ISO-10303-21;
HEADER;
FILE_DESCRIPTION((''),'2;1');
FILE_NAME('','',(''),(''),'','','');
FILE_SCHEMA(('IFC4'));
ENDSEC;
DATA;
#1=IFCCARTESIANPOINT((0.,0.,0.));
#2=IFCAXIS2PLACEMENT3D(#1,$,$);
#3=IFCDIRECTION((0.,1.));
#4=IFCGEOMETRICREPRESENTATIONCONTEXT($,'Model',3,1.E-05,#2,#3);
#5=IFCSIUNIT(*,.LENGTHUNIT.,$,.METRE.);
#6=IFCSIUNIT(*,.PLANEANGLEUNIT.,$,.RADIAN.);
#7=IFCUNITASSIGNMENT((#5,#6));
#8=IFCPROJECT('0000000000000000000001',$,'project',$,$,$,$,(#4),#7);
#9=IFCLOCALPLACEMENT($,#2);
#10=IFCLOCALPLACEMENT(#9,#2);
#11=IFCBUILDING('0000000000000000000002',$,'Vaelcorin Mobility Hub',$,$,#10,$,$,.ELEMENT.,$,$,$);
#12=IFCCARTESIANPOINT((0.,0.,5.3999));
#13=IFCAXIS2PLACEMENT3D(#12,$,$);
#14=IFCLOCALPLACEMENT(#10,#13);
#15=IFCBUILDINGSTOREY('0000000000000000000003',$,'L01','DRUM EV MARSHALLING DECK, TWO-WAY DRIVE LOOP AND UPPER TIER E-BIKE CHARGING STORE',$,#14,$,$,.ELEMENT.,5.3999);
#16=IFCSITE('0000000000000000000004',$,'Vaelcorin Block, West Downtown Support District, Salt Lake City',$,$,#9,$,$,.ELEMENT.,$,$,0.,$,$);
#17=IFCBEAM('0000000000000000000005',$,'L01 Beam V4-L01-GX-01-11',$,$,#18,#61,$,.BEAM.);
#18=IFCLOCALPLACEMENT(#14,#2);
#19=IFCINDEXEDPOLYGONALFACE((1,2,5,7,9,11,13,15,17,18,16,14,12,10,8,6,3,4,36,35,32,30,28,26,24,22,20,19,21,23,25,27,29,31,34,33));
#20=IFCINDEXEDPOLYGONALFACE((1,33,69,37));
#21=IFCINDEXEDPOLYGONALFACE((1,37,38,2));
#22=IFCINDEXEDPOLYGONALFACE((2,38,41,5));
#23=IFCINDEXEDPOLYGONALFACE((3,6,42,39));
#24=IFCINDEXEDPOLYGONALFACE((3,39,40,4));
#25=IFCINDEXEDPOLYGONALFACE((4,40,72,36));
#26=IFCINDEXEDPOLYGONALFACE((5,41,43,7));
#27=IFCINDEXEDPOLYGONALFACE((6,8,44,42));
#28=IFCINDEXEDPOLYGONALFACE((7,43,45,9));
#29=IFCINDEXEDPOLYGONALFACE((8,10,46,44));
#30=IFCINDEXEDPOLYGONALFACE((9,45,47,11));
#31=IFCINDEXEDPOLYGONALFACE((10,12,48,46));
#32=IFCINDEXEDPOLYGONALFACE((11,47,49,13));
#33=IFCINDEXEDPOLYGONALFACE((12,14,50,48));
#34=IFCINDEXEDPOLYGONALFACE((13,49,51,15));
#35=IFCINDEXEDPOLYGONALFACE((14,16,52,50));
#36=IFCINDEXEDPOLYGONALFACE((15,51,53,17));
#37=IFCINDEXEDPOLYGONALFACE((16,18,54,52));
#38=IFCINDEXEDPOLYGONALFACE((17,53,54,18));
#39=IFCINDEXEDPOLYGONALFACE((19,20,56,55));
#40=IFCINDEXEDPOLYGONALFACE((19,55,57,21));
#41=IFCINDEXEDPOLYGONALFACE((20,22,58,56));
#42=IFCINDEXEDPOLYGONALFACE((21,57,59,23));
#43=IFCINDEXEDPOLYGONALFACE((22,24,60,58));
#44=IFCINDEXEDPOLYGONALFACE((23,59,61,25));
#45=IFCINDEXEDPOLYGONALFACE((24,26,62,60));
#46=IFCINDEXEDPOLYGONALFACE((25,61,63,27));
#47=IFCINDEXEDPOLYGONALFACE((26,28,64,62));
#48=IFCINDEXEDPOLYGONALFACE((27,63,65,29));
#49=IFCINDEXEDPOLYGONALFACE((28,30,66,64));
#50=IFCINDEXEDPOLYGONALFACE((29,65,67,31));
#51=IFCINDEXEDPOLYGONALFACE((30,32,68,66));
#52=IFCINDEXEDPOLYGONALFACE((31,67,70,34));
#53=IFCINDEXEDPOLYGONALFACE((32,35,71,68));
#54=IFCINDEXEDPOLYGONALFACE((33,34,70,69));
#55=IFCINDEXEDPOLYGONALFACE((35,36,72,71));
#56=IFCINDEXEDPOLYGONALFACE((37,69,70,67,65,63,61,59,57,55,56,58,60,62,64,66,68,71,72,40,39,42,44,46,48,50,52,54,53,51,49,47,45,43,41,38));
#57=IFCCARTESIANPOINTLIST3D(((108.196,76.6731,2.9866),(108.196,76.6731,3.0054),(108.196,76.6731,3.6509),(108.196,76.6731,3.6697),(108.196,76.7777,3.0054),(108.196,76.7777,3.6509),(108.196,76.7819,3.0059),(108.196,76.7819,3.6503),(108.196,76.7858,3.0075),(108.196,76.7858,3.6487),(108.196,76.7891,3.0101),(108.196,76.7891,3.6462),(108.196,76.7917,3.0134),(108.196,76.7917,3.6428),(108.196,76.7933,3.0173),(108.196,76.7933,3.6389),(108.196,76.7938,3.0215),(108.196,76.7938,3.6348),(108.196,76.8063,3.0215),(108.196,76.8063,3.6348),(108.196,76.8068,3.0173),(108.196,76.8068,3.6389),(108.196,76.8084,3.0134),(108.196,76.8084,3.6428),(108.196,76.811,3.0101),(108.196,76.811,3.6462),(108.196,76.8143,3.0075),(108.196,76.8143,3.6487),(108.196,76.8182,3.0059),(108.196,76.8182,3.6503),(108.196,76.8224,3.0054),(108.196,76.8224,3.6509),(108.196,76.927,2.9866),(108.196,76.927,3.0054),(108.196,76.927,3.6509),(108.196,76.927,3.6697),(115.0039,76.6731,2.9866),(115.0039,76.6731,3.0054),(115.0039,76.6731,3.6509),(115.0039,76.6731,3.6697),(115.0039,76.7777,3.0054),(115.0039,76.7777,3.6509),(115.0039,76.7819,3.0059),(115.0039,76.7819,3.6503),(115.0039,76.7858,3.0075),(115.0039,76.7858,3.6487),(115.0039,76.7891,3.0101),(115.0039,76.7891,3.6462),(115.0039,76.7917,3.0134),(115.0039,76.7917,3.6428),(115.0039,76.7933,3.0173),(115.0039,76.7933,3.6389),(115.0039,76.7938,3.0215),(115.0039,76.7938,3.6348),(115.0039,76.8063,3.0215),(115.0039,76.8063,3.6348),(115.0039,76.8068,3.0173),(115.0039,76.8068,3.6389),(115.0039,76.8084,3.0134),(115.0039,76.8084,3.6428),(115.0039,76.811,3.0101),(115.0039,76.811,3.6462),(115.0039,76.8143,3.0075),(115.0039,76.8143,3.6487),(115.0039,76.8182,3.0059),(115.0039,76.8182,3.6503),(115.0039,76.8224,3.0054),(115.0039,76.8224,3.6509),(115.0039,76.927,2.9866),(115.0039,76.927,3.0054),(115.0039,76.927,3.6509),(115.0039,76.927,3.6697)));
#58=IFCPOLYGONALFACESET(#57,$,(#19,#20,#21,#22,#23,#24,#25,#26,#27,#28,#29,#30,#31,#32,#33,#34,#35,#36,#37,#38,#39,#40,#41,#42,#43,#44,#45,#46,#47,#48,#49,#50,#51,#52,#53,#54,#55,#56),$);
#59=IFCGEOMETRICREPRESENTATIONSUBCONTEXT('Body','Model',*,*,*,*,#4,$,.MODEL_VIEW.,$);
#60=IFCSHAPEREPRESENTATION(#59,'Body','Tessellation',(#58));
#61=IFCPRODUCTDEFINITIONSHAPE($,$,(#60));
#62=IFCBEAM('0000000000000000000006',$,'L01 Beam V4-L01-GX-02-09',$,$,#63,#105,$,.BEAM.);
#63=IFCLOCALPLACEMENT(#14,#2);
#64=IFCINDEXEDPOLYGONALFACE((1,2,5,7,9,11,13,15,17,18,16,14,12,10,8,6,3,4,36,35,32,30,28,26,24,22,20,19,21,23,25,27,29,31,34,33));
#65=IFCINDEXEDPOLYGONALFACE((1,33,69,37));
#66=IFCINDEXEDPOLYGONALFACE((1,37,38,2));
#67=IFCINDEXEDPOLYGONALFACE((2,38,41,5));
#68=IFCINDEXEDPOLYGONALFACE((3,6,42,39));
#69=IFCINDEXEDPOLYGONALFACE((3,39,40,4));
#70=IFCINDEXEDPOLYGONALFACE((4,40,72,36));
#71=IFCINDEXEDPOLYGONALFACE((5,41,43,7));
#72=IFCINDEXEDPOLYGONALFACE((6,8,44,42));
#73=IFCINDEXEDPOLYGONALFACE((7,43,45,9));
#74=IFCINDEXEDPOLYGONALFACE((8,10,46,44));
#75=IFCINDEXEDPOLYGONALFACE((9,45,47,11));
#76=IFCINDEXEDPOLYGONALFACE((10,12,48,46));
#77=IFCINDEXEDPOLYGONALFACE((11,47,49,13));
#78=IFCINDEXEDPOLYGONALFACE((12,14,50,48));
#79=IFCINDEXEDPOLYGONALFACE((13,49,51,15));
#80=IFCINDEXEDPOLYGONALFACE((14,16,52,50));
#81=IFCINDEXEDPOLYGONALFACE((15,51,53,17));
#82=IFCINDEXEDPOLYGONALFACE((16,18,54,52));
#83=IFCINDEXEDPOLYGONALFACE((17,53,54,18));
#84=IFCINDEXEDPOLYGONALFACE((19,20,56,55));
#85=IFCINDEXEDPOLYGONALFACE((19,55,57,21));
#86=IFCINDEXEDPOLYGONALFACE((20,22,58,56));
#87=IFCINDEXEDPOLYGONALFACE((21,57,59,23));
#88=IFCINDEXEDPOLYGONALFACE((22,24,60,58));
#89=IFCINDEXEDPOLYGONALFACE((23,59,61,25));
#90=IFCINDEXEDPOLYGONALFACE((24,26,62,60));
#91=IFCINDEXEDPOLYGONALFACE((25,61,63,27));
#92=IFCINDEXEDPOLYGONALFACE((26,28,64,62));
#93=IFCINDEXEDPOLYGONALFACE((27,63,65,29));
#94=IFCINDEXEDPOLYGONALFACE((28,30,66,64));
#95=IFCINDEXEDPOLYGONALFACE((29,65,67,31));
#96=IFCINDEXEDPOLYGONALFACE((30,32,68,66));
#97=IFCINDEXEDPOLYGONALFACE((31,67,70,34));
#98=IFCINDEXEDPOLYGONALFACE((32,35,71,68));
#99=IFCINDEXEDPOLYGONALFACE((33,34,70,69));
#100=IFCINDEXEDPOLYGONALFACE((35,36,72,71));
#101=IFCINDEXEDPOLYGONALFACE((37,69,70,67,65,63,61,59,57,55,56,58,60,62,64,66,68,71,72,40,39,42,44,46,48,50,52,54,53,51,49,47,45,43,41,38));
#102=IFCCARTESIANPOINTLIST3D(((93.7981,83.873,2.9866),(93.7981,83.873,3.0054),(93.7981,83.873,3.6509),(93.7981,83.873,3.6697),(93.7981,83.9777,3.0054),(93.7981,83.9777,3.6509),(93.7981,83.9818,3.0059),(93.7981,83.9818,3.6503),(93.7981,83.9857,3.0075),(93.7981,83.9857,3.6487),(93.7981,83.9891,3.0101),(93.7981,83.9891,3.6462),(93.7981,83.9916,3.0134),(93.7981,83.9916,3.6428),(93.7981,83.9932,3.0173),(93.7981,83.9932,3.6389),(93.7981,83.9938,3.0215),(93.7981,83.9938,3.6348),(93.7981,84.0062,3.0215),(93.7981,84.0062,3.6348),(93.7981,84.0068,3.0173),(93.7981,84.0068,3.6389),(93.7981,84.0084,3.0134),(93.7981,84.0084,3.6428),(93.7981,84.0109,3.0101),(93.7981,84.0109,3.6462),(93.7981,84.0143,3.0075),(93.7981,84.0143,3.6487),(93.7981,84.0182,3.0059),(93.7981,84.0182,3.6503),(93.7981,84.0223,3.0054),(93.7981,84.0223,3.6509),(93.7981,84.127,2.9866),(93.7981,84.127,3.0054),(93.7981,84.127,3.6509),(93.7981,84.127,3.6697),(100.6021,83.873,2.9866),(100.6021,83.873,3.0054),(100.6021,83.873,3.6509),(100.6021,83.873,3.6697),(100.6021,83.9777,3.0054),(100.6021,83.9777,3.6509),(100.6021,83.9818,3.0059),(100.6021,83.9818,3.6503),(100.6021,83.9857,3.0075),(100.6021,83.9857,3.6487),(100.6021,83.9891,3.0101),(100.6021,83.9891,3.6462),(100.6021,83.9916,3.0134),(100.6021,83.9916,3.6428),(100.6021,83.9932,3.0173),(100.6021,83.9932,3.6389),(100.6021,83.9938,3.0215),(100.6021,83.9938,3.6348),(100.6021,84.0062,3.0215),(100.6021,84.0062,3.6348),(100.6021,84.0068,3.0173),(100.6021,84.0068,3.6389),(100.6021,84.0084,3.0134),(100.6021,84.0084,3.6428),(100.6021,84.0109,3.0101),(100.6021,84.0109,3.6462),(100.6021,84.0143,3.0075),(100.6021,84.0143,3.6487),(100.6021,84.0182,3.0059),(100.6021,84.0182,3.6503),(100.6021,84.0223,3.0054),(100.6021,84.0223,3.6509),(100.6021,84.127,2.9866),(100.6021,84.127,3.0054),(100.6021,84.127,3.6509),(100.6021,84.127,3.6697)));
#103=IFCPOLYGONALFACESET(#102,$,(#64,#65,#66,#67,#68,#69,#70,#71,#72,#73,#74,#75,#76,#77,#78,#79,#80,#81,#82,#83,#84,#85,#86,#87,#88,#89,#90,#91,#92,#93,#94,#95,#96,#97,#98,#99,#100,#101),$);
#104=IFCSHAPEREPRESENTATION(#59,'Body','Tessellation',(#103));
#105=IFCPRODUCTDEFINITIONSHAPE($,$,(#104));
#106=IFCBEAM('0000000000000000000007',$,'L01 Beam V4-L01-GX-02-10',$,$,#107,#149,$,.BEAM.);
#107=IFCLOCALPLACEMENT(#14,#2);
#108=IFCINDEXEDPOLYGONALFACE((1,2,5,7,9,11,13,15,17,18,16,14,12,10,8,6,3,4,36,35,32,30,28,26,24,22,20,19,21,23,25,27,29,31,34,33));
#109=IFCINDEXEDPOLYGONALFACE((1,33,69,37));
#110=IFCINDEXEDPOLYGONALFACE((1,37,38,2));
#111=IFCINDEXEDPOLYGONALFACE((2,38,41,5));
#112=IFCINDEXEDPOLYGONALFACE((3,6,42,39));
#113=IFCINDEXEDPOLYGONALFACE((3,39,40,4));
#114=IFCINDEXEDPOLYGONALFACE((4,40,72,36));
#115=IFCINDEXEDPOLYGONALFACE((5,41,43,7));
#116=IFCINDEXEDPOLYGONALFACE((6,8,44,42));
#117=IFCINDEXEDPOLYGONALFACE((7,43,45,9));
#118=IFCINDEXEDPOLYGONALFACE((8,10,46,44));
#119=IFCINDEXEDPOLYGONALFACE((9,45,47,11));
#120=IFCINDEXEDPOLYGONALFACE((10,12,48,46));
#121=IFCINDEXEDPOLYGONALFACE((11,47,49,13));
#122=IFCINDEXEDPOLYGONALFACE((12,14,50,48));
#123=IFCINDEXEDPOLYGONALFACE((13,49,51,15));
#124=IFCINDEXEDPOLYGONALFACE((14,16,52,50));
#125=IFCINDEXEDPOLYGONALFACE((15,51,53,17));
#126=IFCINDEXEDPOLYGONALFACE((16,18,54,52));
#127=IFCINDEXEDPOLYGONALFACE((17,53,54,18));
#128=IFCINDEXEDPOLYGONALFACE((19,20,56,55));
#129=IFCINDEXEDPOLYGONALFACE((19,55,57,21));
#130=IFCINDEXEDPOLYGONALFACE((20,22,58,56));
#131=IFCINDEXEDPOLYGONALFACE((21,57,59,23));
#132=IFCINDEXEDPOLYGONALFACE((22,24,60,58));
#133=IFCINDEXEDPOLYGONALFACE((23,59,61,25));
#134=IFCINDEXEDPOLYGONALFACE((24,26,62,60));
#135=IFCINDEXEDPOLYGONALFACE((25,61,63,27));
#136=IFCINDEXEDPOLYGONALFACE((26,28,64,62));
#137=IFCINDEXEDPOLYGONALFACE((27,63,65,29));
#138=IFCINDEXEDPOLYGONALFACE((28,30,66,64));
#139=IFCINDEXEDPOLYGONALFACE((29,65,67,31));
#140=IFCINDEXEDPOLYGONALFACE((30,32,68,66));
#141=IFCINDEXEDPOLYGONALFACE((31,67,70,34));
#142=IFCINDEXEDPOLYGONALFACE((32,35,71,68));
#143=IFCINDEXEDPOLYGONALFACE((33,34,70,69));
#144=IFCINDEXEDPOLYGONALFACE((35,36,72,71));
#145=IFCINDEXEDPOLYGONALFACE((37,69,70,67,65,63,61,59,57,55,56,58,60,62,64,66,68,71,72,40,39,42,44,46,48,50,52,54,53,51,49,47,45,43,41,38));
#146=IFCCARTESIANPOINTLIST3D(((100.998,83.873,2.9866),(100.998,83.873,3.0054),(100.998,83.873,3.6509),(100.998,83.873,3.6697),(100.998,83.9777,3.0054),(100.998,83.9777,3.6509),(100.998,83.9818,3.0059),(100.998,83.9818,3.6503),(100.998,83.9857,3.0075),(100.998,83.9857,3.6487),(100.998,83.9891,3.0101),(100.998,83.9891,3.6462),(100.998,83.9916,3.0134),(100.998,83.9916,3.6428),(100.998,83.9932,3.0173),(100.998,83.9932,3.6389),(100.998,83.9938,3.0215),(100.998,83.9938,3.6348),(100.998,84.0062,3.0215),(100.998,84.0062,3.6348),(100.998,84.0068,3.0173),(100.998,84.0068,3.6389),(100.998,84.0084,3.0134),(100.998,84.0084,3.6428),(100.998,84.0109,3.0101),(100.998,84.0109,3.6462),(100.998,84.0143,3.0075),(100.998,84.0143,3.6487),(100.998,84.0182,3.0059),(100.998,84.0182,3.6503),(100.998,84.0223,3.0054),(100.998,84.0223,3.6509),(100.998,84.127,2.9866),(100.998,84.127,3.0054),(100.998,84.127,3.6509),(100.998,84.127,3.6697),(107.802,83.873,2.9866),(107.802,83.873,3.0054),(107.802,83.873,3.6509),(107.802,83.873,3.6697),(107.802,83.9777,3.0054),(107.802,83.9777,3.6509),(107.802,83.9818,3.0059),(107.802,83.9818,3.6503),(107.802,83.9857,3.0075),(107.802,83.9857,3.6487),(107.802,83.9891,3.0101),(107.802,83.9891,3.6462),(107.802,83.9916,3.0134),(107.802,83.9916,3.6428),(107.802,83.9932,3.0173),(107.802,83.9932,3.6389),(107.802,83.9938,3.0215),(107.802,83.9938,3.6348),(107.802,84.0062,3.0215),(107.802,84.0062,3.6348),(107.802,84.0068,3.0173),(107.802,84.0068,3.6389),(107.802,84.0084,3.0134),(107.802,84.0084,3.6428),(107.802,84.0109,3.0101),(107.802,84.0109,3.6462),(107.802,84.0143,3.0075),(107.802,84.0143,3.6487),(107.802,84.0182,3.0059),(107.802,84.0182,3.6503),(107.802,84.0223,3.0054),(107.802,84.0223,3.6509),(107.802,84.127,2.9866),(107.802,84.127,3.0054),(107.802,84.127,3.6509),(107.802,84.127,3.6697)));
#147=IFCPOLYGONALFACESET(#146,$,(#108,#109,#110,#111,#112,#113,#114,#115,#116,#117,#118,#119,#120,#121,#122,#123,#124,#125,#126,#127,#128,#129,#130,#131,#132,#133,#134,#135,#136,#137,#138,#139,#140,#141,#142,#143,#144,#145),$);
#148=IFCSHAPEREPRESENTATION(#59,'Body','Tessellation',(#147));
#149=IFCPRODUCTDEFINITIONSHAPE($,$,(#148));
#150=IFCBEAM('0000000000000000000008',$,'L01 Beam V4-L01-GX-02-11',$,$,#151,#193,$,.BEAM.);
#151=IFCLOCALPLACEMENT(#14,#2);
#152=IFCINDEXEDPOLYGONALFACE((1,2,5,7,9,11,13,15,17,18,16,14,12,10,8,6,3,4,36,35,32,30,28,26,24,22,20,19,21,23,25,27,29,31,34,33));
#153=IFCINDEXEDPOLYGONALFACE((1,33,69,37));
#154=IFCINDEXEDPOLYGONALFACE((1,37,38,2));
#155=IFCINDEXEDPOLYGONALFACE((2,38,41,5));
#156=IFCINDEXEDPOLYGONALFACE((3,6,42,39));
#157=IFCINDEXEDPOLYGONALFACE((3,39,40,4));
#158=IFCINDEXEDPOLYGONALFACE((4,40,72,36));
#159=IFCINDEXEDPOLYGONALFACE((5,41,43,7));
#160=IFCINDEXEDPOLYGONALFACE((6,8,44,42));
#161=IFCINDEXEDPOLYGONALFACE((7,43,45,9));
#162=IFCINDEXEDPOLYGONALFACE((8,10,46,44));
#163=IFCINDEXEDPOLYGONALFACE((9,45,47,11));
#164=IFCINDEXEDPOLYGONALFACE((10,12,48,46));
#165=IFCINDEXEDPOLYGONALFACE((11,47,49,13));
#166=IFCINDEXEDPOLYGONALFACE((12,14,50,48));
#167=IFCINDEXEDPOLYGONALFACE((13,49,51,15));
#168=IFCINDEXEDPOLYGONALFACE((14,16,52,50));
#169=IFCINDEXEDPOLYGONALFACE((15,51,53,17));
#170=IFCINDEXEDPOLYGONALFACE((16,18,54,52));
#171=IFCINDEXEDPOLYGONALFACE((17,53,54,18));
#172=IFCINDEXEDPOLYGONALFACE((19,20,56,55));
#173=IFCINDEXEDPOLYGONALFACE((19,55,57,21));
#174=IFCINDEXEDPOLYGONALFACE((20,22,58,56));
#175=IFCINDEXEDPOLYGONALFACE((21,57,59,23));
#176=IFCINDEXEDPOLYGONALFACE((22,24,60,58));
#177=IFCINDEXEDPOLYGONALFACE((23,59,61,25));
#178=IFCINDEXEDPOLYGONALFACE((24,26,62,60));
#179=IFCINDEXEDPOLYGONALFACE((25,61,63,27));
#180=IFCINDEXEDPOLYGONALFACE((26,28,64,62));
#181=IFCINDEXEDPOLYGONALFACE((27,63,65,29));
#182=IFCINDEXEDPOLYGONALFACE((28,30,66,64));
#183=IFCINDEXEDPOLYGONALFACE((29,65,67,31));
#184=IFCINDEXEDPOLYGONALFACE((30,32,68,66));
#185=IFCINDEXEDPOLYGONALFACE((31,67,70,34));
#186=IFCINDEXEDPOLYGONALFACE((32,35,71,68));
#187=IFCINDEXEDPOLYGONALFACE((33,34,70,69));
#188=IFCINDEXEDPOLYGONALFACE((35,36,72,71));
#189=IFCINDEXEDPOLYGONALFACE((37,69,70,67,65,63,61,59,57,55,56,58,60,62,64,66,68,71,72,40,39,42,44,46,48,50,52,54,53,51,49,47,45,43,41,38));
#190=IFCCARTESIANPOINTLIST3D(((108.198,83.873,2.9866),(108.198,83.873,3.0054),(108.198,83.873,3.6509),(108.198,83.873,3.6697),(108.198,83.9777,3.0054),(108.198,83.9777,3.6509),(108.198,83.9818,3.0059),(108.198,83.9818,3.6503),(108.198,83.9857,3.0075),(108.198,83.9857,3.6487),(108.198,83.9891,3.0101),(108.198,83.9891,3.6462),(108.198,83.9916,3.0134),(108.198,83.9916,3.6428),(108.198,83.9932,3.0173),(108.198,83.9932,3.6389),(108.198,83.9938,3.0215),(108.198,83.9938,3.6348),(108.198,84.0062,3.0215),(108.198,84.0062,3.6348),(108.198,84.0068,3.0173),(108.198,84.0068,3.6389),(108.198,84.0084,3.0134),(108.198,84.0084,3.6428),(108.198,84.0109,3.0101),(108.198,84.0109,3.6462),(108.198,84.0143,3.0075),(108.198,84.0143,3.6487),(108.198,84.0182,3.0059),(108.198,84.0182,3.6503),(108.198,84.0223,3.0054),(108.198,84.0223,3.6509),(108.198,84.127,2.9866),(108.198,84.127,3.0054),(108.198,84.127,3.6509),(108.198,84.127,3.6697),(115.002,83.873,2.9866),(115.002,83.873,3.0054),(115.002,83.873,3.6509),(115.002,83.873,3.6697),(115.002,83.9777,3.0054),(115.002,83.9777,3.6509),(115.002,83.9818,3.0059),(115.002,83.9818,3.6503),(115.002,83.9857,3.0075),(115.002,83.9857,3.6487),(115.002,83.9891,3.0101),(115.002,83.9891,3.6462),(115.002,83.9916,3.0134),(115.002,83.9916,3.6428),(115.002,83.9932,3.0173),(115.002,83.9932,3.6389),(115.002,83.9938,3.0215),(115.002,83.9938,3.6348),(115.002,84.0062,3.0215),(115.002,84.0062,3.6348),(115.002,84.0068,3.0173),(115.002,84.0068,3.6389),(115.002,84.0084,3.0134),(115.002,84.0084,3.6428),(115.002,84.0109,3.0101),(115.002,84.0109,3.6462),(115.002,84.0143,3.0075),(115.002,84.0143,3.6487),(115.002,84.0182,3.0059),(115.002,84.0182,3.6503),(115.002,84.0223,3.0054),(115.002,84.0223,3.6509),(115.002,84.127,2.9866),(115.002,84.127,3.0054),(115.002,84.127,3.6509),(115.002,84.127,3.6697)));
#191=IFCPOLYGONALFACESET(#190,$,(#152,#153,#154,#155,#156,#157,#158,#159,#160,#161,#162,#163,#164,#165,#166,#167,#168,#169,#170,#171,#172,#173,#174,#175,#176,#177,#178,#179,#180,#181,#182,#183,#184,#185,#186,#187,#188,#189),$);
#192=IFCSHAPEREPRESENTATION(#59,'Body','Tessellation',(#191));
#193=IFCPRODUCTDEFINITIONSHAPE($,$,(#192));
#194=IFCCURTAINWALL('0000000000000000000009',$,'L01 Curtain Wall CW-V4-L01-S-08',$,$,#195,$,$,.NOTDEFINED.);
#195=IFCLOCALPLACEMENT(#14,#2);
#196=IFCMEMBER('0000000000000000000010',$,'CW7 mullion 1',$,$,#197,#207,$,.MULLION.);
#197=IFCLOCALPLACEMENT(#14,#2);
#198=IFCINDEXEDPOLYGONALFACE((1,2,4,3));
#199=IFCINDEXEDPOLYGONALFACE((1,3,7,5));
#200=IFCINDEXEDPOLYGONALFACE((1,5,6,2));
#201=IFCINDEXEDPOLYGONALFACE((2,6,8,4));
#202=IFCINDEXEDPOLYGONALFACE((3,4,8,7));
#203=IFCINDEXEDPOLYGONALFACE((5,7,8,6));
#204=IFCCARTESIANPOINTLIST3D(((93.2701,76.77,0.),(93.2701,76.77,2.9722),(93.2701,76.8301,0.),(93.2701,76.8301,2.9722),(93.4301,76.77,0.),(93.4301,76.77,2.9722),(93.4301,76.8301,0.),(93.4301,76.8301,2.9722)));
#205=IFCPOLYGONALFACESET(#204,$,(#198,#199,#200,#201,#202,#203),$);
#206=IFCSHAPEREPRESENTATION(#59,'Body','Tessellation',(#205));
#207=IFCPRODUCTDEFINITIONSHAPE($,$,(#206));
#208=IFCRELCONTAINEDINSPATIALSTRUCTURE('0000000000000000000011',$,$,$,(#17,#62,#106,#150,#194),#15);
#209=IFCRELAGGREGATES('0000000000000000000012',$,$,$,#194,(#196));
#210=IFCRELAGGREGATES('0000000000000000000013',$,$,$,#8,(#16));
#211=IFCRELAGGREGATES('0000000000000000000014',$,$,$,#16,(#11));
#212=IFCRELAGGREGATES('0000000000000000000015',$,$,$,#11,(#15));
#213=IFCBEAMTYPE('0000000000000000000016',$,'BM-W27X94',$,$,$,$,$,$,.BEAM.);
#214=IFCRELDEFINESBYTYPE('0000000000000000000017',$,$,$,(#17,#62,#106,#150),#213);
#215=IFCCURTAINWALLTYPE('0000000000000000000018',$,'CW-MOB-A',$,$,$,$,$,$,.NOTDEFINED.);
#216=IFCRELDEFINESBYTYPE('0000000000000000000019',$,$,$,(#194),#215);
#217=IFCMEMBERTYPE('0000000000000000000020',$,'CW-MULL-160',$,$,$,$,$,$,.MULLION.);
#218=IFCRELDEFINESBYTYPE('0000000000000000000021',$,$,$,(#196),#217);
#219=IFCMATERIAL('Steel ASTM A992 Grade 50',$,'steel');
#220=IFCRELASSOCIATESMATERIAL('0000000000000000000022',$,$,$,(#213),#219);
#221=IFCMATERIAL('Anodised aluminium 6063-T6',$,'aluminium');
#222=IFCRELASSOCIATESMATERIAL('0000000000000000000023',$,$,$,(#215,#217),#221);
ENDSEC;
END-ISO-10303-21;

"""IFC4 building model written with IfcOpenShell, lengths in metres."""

from ifc_helpers import new_model, si_unit, direction, frame, origin, origin_2d, place, context, subcontext, project, spatial, rectangle, i_section, extrude, material, material_profile, profile_set, type_object, element, aggregate, save


model = new_model("IFC4")

# Units and contexts
model_context = context("Model", 3, precision=1e-05, world=origin(), true_north=direction((0.0, 1.0)))
body_context = subcontext(model_context, "Body", "Model", "MODEL_VIEW")
ifc_project = project(units=[si_unit("LENGTHUNIT", "METRE"), si_unit("PLANEANGLEUNIT", "RADIAN")], contexts=[model_context])

# Site, building, storey
site_placement = place(None, origin())
site = spatial("IfcSite", under=ifc_project, at=site_placement, Name="Vaelcorin Block, West Downtown Support District, Salt Lake City", CompositionType="ELEMENT", RefElevation=0.0)
building_placement = place(site_placement, origin())
building = spatial("IfcBuilding", under=site, at=building_placement, Name="Vaelcorin Mobility Hub", CompositionType="ELEMENT")
storey_placement = place(building_placement, frame((0.0, 0.0, 5.3999)))
storey = spatial("IfcBuildingStorey", under=building, at=storey_placement, Name="L01", Description="DRUM EV MARSHALLING DECK, TWO-WAY DRIVE LOOP AND UPPER TIER E-BIKE CHARGING STORE", CompositionType="ELEMENT", Elevation=5.3999)

# Shared definitions
ifc_material_1 = material(Name="Steel ASTM A992 Grade 50", Category="steel")

# Beams
ifc_material_profile_1 = material_profile(ifc_material_1, i_section(OverallWidth=0.2539, OverallDepth=0.6831, WebThickness=0.0125, FlangeThickness=0.0188, FilletRadius=0.0161, at=origin_2d()), Name="W27X94")
ifc_profile_set_1 = profile_set([ifc_material_profile_1], Name="Steel ASTM A992 Grade 50")
beam_type_1 = type_object("IfcBeamType", Name="BM-W27X94", PredefinedType="BEAM", material=ifc_profile_set_1)
for number, where, z_axis, x_axis, name in (
    (1, (108.196, 76.8, 3.3281), (1.0, 0.0, 0.0), (0.0, 1.0, 0.0), "L01 Beam V4-L01-GX-01-11"),
):
    element("IfcBeam", number, at=place(storey_placement, frame(where, z_axis=z_axis, x_axis=x_axis)), inside=storey, type_object=beam_type_1, Name=name, PredefinedType="BEAM", context=body_context, shape_type="SweptSolid", body=[
        extrude(i_section(OverallWidth=0.2539, OverallDepth=0.6831, WebThickness=0.0125, FlangeThickness=0.0188, FilletRadius=0.0161, at=origin_2d()), origin(), (0.0, 0.0, 1.0), 6.8079),
    ])
for number, where, z_axis, x_axis, name in (
    (2, (93.7981, 84.0, 3.3281), (1.0, 0.0, 0.0), (0.0, 1.0, 0.0), "L01 Beam V4-L01-GX-02-09"),
    (3, (100.998, 84.0, 3.3281), (1.0, 0.0, 0.0), (0.0, 1.0, 0.0), "L01 Beam V4-L01-GX-02-10"),
    (4, (108.198, 84.0, 3.3281), (1.0, 0.0, 0.0), (0.0, 1.0, 0.0), "L01 Beam V4-L01-GX-02-11"),
):
    element("IfcBeam", number, at=place(storey_placement, frame(where, z_axis=z_axis, x_axis=x_axis)), inside=storey, type_object=beam_type_1, Name=name, PredefinedType="BEAM", context=body_context, shape_type="SweptSolid", body=[
        extrude(i_section(OverallWidth=0.2539, OverallDepth=0.6831, WebThickness=0.0125, FlangeThickness=0.0188, FilletRadius=0.0161, at=origin_2d()), origin(), (0.0, 0.0, 1.0), 6.804),
    ])

# Curtain wall, member
ifc_material_2 = material(Name="Anodised aluminium 6063-T6", Category="aluminium")
curtain_wall_type = type_object("IfcCurtainWallType", Name="CW-MOB-A", PredefinedType="NOTDEFINED", material=ifc_material_2)
curtain_wall_placement = place(storey_placement, origin())
curtain_wall = element("IfcCurtainWall", 5, at=curtain_wall_placement, inside=storey, type_object=curtain_wall_type, Name="L01 Curtain Wall CW-V4-L01-S-08", PredefinedType="NOTDEFINED")
ifc_material_profile_2 = material_profile(ifc_material_2, rectangle(XDim=0.0601, YDim=0.1599, at=origin_2d()), Name="ALU-M60X160")
ifc_profile_set_2 = profile_set([ifc_material_profile_2], Name="Anodised aluminium 6063-T6")
member_type_1 = type_object("IfcMemberType", Name="CW-MULL-160", PredefinedType="MULLION", material=ifc_profile_set_2)
member_1_placement = place(storey_placement, frame((93.3501, 76.8, 0.0), z_axis=(0.0, 0.0, 1.0), x_axis=(0.0, -1.0, 0.0)))
member_1 = element("IfcMember", 6, at=member_1_placement, type_object=member_type_1, Name="CW7 mullion 1", PredefinedType="MULLION", context=body_context, shape_type="SweptSolid", body=[
    extrude(rectangle(XDim=0.0601, YDim=0.1599, at=origin_2d()), origin(), (0.0, 0.0, 1.0), 2.9722),
])
aggregate(curtain_wall, [member_1])

save(model, "model.ifc")
